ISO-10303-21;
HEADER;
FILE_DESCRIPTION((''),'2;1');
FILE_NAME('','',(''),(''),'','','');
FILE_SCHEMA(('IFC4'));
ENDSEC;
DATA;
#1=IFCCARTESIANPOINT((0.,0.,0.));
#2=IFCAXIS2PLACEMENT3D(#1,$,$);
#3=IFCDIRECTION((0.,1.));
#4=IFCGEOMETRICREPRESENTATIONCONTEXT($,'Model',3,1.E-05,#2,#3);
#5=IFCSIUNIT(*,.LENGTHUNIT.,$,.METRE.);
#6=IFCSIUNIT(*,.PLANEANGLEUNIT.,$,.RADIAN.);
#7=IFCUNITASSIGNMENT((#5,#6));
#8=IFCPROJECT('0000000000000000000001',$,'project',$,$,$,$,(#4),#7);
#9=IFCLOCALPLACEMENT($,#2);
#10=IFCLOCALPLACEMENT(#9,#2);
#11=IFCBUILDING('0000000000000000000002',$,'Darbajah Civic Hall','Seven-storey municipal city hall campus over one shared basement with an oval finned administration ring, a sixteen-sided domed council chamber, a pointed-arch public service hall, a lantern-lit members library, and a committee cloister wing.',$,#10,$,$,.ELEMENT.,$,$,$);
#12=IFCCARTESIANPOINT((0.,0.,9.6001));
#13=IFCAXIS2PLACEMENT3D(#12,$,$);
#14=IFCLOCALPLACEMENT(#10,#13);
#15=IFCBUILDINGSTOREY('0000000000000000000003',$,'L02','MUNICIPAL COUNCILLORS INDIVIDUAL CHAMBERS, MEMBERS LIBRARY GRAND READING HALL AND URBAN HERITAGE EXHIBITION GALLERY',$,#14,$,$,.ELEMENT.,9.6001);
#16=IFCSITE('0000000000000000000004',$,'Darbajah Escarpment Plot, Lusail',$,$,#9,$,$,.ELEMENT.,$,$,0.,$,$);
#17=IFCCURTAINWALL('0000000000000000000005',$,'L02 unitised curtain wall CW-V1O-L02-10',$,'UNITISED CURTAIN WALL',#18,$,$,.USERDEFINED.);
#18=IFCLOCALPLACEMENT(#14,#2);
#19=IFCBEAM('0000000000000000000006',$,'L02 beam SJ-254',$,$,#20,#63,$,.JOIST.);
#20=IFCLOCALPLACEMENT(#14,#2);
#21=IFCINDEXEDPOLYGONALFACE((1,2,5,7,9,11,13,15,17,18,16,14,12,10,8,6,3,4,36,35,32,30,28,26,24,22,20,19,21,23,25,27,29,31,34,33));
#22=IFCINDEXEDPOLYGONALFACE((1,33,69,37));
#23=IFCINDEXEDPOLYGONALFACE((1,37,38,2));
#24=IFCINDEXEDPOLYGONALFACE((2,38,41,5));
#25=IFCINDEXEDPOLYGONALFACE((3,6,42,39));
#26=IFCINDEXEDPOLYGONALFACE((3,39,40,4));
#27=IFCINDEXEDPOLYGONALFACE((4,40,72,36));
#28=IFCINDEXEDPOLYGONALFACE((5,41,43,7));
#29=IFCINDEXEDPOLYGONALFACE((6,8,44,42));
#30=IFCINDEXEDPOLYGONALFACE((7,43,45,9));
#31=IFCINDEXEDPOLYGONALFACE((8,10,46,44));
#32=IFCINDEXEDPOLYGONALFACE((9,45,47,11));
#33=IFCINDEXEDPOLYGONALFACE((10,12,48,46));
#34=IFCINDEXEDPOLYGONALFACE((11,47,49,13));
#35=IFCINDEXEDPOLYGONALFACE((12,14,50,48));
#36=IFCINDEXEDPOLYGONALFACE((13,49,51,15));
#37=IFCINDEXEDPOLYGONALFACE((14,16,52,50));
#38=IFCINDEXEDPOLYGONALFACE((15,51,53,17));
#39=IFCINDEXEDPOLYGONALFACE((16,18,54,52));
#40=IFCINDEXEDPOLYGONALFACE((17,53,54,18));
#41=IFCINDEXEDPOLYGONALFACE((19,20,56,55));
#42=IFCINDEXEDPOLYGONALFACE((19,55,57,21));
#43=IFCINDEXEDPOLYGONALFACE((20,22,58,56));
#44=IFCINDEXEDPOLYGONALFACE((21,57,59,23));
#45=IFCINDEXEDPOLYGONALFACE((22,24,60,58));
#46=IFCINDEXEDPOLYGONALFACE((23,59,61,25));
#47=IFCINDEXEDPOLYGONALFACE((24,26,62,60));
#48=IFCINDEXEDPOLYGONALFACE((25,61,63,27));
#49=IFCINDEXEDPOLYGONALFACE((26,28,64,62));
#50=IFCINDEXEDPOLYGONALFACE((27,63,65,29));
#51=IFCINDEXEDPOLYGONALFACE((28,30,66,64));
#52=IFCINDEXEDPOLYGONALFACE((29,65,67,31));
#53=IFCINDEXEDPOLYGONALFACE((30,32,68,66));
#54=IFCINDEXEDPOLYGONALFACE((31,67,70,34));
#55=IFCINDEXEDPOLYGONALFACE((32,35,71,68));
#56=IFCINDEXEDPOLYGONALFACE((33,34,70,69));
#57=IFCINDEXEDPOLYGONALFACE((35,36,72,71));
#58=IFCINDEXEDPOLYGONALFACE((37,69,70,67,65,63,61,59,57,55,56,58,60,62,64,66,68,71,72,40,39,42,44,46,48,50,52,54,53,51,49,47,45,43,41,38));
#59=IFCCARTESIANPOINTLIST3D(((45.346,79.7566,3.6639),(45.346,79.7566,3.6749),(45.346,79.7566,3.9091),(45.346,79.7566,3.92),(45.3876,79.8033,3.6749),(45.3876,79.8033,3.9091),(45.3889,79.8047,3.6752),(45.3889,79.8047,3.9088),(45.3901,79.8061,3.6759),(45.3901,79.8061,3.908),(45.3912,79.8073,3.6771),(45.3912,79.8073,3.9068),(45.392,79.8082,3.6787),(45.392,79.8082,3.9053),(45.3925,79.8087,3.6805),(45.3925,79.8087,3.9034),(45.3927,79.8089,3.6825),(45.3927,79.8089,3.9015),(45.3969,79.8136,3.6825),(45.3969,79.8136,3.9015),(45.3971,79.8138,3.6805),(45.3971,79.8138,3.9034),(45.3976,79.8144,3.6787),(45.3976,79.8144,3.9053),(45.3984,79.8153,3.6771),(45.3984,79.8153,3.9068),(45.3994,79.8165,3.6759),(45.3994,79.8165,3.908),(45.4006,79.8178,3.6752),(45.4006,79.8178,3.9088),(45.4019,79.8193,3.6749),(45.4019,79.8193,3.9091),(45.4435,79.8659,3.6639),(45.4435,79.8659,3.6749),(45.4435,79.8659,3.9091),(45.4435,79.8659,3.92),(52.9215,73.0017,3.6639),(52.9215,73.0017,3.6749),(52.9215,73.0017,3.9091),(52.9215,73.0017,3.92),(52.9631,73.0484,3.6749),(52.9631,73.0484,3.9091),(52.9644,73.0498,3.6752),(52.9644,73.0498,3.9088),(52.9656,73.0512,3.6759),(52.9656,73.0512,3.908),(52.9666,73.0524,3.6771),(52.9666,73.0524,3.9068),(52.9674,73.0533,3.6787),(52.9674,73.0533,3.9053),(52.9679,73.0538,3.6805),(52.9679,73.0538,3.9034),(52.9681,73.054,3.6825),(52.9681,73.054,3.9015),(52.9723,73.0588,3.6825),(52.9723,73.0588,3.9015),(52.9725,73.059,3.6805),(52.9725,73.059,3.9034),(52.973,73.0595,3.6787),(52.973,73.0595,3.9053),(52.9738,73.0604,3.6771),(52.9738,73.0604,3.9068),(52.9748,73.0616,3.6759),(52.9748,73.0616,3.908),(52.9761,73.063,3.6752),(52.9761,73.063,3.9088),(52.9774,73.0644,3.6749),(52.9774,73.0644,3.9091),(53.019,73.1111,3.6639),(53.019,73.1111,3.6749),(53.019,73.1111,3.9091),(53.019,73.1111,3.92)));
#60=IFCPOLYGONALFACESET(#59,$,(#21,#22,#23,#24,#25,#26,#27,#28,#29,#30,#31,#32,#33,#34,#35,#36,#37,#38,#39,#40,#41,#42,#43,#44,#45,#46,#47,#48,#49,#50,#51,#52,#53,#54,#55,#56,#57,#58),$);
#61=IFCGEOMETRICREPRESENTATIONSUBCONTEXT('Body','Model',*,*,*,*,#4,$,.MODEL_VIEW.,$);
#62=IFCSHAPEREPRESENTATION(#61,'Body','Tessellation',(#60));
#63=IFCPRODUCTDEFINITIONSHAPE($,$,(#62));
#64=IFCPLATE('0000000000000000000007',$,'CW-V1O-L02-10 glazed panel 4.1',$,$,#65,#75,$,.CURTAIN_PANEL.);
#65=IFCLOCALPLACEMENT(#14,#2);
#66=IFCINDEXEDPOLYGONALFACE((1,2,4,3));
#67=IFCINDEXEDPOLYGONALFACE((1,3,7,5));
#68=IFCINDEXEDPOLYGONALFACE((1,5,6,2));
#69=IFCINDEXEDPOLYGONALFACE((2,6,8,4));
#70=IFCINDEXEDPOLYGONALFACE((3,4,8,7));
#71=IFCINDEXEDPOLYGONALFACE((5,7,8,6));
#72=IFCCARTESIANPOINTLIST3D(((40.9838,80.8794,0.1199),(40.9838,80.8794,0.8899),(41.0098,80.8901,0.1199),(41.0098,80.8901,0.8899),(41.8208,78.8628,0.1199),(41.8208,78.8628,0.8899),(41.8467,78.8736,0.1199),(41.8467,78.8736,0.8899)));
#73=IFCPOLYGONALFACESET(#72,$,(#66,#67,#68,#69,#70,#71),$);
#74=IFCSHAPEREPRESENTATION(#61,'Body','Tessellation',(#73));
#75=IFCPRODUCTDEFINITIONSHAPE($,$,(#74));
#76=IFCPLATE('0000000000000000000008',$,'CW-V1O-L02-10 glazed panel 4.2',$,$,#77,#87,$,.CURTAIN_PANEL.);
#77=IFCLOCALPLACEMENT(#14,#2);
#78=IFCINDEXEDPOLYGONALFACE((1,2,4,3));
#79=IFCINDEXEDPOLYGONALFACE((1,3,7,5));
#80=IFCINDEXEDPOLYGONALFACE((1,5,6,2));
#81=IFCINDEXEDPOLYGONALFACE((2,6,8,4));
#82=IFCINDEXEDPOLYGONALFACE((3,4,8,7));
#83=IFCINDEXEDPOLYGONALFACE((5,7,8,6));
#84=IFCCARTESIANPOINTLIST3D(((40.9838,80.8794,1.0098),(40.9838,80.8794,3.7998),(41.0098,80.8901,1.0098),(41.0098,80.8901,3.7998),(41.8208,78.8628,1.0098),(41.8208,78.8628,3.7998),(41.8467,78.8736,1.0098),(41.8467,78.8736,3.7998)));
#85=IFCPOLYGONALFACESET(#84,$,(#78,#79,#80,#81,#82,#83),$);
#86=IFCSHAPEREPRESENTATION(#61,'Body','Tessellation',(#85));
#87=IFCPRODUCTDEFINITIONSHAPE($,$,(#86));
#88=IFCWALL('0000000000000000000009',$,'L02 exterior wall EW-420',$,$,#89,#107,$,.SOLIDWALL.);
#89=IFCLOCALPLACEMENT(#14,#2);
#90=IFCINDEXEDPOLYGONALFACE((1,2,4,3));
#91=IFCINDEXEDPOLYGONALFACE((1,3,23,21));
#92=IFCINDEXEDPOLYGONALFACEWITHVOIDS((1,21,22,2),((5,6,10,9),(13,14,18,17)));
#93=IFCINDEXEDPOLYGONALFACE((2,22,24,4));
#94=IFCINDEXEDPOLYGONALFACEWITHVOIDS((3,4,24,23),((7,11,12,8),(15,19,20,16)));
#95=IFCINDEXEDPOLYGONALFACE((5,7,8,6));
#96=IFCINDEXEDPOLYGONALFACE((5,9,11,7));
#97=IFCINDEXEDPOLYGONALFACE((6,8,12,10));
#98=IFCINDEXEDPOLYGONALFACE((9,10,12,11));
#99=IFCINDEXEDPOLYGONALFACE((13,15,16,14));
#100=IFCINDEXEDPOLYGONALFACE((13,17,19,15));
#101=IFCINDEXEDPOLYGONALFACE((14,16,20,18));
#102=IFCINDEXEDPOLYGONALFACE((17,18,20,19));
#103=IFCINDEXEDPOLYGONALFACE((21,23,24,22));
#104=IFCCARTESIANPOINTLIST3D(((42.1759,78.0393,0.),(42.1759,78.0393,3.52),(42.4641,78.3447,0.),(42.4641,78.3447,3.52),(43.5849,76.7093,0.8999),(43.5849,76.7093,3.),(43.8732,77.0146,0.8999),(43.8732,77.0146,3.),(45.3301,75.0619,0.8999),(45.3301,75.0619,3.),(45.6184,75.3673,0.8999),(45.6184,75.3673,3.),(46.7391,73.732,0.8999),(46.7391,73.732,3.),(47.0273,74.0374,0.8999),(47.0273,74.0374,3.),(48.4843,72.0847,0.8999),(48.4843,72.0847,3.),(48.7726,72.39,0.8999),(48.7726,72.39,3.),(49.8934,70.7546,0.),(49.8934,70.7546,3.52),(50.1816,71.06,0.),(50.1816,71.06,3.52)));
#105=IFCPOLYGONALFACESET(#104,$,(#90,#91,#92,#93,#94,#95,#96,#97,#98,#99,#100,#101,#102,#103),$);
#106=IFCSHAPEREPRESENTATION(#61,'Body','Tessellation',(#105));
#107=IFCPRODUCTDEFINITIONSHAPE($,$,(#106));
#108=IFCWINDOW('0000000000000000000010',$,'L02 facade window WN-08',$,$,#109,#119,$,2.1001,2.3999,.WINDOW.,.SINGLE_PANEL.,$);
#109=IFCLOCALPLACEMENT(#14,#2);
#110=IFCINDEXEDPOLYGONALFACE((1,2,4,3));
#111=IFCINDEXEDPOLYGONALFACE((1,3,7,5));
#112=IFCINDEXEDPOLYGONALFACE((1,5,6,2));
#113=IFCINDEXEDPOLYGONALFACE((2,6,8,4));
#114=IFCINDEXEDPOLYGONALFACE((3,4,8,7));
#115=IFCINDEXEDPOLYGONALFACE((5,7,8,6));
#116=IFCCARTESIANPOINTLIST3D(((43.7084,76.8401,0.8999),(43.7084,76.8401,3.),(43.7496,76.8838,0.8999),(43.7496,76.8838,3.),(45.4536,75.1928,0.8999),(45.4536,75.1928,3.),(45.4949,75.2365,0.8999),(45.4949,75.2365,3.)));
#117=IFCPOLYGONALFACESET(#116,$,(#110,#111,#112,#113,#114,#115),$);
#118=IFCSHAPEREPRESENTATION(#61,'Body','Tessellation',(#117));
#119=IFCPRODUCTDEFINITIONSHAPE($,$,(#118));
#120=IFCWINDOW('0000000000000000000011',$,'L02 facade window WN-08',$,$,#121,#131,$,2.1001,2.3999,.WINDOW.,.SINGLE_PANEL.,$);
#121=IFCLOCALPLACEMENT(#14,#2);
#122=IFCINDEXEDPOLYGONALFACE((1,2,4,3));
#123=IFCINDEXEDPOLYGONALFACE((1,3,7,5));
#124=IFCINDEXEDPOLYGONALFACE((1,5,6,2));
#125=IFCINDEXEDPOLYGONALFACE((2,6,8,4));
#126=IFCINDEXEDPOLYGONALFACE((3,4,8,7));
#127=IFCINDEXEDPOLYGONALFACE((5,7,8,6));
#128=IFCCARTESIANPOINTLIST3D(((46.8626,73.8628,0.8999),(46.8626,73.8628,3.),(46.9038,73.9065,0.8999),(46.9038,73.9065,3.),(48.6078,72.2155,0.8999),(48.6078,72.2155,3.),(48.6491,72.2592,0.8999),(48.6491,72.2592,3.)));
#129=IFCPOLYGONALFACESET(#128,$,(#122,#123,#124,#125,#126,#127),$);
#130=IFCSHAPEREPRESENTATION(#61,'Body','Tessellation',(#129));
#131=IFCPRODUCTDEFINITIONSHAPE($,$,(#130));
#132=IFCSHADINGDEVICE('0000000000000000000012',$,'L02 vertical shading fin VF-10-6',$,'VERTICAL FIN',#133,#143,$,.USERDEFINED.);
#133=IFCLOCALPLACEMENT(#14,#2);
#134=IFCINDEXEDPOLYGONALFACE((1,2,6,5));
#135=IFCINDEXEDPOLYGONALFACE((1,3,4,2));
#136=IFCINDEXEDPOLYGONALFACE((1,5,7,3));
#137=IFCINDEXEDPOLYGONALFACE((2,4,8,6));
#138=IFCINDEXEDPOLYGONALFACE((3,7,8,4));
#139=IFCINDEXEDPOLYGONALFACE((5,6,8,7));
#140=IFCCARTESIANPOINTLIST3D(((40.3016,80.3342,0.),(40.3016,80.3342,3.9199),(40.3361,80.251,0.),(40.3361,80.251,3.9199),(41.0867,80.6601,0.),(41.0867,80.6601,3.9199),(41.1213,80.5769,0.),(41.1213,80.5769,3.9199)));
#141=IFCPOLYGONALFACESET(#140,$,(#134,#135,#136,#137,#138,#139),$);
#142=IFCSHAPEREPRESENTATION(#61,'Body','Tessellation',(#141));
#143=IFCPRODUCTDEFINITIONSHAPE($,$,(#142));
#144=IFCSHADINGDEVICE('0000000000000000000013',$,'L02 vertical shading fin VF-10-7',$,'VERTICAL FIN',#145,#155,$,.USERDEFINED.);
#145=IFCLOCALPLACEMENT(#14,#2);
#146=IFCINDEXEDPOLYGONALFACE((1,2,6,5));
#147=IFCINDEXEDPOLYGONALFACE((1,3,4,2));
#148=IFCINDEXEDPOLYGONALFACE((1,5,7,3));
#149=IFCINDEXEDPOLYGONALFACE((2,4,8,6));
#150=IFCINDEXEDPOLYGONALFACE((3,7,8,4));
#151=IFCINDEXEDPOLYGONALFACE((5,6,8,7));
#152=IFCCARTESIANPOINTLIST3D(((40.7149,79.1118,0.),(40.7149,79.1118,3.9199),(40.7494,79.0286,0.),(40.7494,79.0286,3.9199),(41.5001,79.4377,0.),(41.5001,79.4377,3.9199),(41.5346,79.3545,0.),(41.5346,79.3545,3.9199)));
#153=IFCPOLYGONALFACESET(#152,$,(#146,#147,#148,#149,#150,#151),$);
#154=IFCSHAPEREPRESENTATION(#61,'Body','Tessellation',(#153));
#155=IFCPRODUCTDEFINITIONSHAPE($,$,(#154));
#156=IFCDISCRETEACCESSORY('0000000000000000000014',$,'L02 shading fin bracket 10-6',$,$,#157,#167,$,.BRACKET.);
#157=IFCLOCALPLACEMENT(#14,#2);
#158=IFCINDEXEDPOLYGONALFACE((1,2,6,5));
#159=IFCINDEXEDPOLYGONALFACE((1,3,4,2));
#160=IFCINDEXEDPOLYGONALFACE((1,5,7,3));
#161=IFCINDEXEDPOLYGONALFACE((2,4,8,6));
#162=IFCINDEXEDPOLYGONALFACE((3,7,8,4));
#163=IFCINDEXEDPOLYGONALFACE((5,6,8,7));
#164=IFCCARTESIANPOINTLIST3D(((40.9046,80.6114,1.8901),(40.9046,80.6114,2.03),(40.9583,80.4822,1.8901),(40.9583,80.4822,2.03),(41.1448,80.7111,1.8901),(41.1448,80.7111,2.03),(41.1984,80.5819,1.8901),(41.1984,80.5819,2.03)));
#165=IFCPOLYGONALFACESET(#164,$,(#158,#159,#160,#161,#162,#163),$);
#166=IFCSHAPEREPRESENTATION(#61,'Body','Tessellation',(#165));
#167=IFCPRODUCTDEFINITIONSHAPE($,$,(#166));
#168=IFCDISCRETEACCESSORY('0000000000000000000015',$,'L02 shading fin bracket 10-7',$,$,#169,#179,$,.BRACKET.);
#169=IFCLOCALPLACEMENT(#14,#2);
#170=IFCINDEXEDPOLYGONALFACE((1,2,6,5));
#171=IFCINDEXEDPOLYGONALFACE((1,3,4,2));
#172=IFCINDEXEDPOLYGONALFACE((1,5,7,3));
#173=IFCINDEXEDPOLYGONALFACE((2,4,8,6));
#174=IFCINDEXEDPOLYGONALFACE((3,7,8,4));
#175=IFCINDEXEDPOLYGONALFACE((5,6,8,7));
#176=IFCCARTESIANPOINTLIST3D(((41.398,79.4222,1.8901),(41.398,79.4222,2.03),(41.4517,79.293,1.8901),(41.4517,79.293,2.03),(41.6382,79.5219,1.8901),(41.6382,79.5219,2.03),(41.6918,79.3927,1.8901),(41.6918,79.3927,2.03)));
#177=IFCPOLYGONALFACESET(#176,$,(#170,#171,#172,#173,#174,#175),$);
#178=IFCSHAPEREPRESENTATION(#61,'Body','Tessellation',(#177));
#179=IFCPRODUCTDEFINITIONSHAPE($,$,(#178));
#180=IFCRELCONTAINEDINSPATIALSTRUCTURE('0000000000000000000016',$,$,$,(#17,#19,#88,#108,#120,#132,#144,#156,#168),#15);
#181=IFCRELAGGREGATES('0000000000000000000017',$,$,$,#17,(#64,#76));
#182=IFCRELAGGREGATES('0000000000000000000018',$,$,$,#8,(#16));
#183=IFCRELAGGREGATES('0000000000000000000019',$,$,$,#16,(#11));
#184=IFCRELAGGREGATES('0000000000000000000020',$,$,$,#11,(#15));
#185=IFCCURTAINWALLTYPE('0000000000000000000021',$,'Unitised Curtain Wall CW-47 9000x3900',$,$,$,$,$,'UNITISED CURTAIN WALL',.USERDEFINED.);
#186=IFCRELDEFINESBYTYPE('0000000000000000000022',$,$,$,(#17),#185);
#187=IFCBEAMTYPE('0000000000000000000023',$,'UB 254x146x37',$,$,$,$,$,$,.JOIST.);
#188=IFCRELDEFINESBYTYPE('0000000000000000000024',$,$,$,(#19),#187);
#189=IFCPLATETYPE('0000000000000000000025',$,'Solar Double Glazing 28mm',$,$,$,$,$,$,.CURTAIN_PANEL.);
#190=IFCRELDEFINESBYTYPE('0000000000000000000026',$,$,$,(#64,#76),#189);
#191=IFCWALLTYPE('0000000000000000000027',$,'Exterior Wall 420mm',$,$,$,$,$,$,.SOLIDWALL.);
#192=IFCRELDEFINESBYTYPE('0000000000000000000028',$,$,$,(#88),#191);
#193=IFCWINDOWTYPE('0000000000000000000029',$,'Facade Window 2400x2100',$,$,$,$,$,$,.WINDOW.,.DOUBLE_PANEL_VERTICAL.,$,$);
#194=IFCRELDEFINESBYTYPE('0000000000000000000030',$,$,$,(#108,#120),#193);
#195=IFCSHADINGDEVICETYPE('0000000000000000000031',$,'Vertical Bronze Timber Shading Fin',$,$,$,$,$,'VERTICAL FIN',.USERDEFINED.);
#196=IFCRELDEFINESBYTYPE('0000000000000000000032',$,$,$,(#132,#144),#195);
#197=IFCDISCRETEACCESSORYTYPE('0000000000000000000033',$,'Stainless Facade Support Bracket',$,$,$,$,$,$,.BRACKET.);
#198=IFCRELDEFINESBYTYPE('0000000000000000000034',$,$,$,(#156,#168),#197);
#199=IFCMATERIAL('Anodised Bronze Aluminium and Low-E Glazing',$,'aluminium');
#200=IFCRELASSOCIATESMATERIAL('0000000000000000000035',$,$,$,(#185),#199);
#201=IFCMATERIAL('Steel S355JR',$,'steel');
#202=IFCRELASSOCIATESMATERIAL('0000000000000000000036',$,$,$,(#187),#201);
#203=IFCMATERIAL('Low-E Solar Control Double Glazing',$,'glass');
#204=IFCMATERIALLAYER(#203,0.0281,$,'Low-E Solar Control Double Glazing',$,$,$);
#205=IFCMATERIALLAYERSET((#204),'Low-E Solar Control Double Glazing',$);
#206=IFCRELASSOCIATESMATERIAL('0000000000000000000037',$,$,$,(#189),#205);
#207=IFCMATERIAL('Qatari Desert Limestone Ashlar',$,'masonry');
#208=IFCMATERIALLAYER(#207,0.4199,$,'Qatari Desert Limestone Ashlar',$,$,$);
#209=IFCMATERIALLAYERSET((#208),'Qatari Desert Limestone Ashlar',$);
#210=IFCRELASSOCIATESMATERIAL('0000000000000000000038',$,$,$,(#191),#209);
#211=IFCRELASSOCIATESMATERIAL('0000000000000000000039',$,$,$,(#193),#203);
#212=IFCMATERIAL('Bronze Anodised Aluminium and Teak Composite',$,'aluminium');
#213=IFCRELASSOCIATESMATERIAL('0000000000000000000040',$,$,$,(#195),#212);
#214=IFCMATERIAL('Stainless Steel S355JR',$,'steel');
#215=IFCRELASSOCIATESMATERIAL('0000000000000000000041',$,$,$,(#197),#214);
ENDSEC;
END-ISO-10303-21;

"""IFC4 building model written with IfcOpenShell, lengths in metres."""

from ifc_helpers import new_model, si_unit, direction, frame, frame_2d, origin, origin_2d, place, context, subcontext, project, spatial, rectangle, i_section, extrude, material, layer, layer_set, material_profile, profile_set, type_object, element, fill, aggregate, save


model = new_model("IFC4")

# Units and contexts
model_context = context("Model", 3, precision=1e-05, world=origin(), true_north=direction((0.0, 1.0)))
body_context = subcontext(model_context, "Body", "Model", "MODEL_VIEW")
ifc_project = project(units=[si_unit("LENGTHUNIT", "METRE"), si_unit("PLANEANGLEUNIT", "RADIAN")], contexts=[model_context])

# Site, building, storey
site_placement = place(None, origin())
site = spatial("IfcSite", under=ifc_project, at=site_placement, Name="Darbajah Escarpment Plot, Lusail", CompositionType="ELEMENT", RefElevation=0.0)
building_placement = place(site_placement, origin())
building = spatial("IfcBuilding", under=site, at=building_placement, Name="Darbajah Civic Hall", Description="Seven-storey municipal city hall campus over one shared basement with an oval finned administration ring, a sixteen-sided domed council chamber, a pointed-arch public service hall, a lantern-lit members library, and a committee cloister wing.", CompositionType="ELEMENT")
storey_placement = place(building_placement, frame((0.0, 0.0, 9.6001)))
storey = spatial("IfcBuildingStorey", under=building, at=storey_placement, Name="L02", Description="MUNICIPAL COUNCILLORS INDIVIDUAL CHAMBERS, MEMBERS LIBRARY GRAND READING HALL AND URBAN HERITAGE EXHIBITION GALLERY", CompositionType="ELEMENT", Elevation=9.6001)

# Curtain wall
ifc_material_1 = material(Name="Anodised Bronze Aluminium and Low-E Glazing", Category="aluminium")
curtain_wall_type_1 = type_object("IfcCurtainWallType", Name="Unitised Curtain Wall CW-47 9000x3900", ElementType="UNITISED CURTAIN WALL", PredefinedType="USERDEFINED", material=ifc_material_1)
curtain_wall_1_placement = place(storey_placement, origin())
curtain_wall_1 = element("IfcCurtainWall", 1, at=curtain_wall_1_placement, inside=storey, type_object=curtain_wall_type_1, Name="L02 unitised curtain wall CW-V1O-L02-10", ObjectType="UNITISED CURTAIN WALL", PredefinedType="USERDEFINED")

# Beam
ifc_material_2 = material(Name="Steel S355JR", Category="steel")
ifc_material_profile_1 = material_profile(ifc_material_2, i_section(OverallWidth=0.1465, OverallDepth=0.2561, WebThickness=0.0063, FlangeThickness=0.011, FilletRadius=0.0076, at=origin_2d()), Name="UB 254x146x37")
ifc_profile_set_1 = profile_set([ifc_material_profile_1], Name="Steel S355JR")
beam_type_1 = type_object("IfcBeamType", Name="UB 254x146x37", PredefinedType="JOIST", material=ifc_profile_set_1)
beam_1_placement = place(storey_placement, frame((45.3948, 79.8113, 3.792), z_axis=(0.746373, -0.665528, 0.0), x_axis=(0.665528, 0.746373, 0.0)))
element("IfcBeam", 2, at=beam_1_placement, inside=storey, type_object=beam_type_1, Name="L02 beam SJ-254", PredefinedType="JOIST", context=body_context, shape_type="SweptSolid", body=[
    extrude(i_section(OverallWidth=0.1465, OverallDepth=0.2561, WebThickness=0.0063, FlangeThickness=0.011, FilletRadius=0.0076, at=origin_2d()), origin(), (0.0, 0.0, 1.0), 10.1497),
])

# Plates
ifc_material_3 = material(Name="Low-E Solar Control Double Glazing", Category="glass")
ifc_layer_1 = layer(ifc_material_3, 0.0281, Name="Low-E Solar Control Double Glazing")
ifc_layer_set_1 = layer_set([ifc_layer_1], Name="Low-E Solar Control Double Glazing")
plate_type = type_object("IfcPlateType", Name="Solar Double Glazing 28mm", PredefinedType="CURTAIN_PANEL", material=ifc_layer_set_1)
plate_1_placement = place(storey_placement, frame((41.4153, 79.8765, 0.1199), z_axis=(0.0, 0.0, 1.0), x_axis=(0.383328, -0.923612, 0.0)))
plate_1 = element("IfcPlate", 3, at=plate_1_placement, type_object=plate_type, Name="CW-V1O-L02-10 glazed panel 4.1", PredefinedType="CURTAIN_PANEL", context=body_context, shape_type="SweptSolid", body=[
    extrude(rectangle(XDim=2.1833, YDim=0.0281, at=origin_2d()), origin(), (0.0, 0.0, 1.0), 0.77),
])
plate_2_placement = place(storey_placement, frame((41.4153, 79.8765, 1.0098), z_axis=(0.0, 0.0, 1.0), x_axis=(0.383328, -0.923612, 0.0)))
plate_2 = element("IfcPlate", 4, at=plate_2_placement, type_object=plate_type, Name="CW-V1O-L02-10 glazed panel 4.2", PredefinedType="CURTAIN_PANEL", context=body_context, shape_type="SweptSolid", body=[
    extrude(rectangle(XDim=2.1833, YDim=0.0281, at=origin_2d()), origin(), (0.0, 0.0, 1.0), 2.79),
])
aggregate(curtain_wall_1, [plate_1, plate_2])

# Wall, openings, windows
ifc_material_4 = material(Name="Qatari Desert Limestone Ashlar", Category="masonry")
ifc_layer_2 = layer(ifc_material_4, 0.4199, Name="Qatari Desert Limestone Ashlar")
ifc_layer_set_2 = layer_set([ifc_layer_2], Name="Qatari Desert Limestone Ashlar")
wall_type = type_object("IfcWallType", Name="Exterior Wall 420mm", PredefinedType="SOLIDWALL", material=ifc_layer_set_2)
wall_placement = place(storey_placement, frame((42.3201, 78.1919, 0.0), z_axis=(0.0, 0.0, 1.0), x_axis=(0.727206, -0.686419, 0.0)))
wall = element("IfcWall", 5, at=wall_placement, inside=storey, type_object=wall_type, Name="L02 exterior wall EW-420", PredefinedType="SOLIDWALL", context=body_context, shape_type="SweptSolid", body=[
    extrude(rectangle(XDim=10.6125, YDim=0.4199, at=frame_2d((5.3062, 0.0))), origin(), (0.0, 0.0, 1.0), 3.52),
])
opening_1_placement = place(wall_placement, frame((1.9375, 0.0, 0.8999)))
opening_1 = element("IfcOpeningElement", 6, at=opening_1_placement, cuts=wall, PredefinedType="OPENING", context=body_context, shape_type="SweptSolid", body=[
    extrude(rectangle(XDim=2.3999, YDim=2.1001, at=frame_2d((1.2, 1.05))), frame((0.0, 0.22, 0.0), z_axis=(0.0, -1.0, 0.0), x_axis=(1.0, 0.0, 0.0)), (0.0, 0.0, 1.0), 0.4399),
])
opening_2_placement = place(wall_placement, frame((6.2749, 0.0, 0.8999)))
opening_2 = element("IfcOpeningElement", 7, at=opening_2_placement, cuts=wall, PredefinedType="OPENING", context=body_context, shape_type="SweptSolid", body=[
    extrude(rectangle(XDim=2.3999, YDim=2.1001, at=frame_2d((1.2, 1.05))), frame((0.0, 0.22, 0.0), z_axis=(0.0, -1.0, 0.0), x_axis=(1.0, 0.0, 0.0)), (0.0, 0.0, 1.0), 0.4399),
])
window_type = type_object("IfcWindowType", Name="Facade Window 2400x2100", PartitioningType="DOUBLE_PANEL_VERTICAL", PredefinedType="WINDOW", material=ifc_material_3)
window_1_placement = place(opening_1_placement, origin())
window_1 = element("IfcWindow", 8, at=window_1_placement, inside=storey, type_object=window_type, Name="L02 facade window WN-08", OverallHeight=2.1001, OverallWidth=2.3999, PartitioningType="SINGLE_PANEL", PredefinedType="WINDOW", context=body_context, shape_type="SweptSolid", body=[
    extrude(rectangle(XDim=2.3999, YDim=2.1001, at=frame_2d((1.2, 1.05))), frame((0.0, 0.03, 0.0), z_axis=(0.0, -1.0, 0.0), x_axis=(1.0, 0.0, 0.0)), (0.0, 0.0, 1.0), 0.0601),
])
fill(opening_1, window_1)
window_2_placement = place(opening_2_placement, origin())
window_2 = element("IfcWindow", 9, at=window_2_placement, inside=storey, type_object=window_type, Name="L02 facade window WN-08", OverallHeight=2.1001, OverallWidth=2.3999, PartitioningType="SINGLE_PANEL", PredefinedType="WINDOW", context=body_context, shape_type="SweptSolid", body=[
    extrude(rectangle(XDim=2.3999, YDim=2.1001, at=frame_2d((1.2, 1.05))), frame((0.0, 0.03, 0.0), z_axis=(0.0, -1.0, 0.0), x_axis=(1.0, 0.0, 0.0)), (0.0, 0.0, 1.0), 0.0601),
])
fill(opening_2, window_2)

# Shading devices
ifc_material_5 = material(Name="Bronze Anodised Aluminium and Teak Composite", Category="aluminium")
shading_device_type = type_object("IfcShadingDeviceType", Name="Vertical Bronze Timber Shading Fin", ElementType="VERTICAL FIN", PredefinedType="USERDEFINED", material=ifc_material_5)
for number, where, z_axis, x_axis, name in (
    (10, (40.7114, 80.4556, 0.0), (0.0, 0.0, 1.0), (-0.923612, -0.383328, 0.0), "L02 vertical shading fin VF-10-6"),
    (11, (41.1248, 79.2332, 0.0), (0.0, 0.0, 1.0), (-0.923612, -0.383328, 0.0), "L02 vertical shading fin VF-10-7"),
):
    element("IfcShadingDevice", number, at=place(storey_placement, frame(where, z_axis=z_axis, x_axis=x_axis)), inside=storey, type_object=shading_device_type, Name=name, ObjectType="VERTICAL FIN", PredefinedType="USERDEFINED", context=body_context, shape_type="SweptSolid", body=[
        extrude(rectangle(XDim=0.8501, YDim=0.0901, at=origin_2d()), origin(), (0.0, 0.0, 1.0), 3.9199),
    ])

# Discrete accessories
ifc_material_6 = material(Name="Stainless Steel S355JR", Category="steel")
discrete_accessory_type = type_object("IfcDiscreteAccessoryType", Name="Stainless Facade Support Bracket", PredefinedType="BRACKET", material=ifc_material_6)
for number, where, z_axis, x_axis, name in (
    (12, (41.0515, 80.5967, 1.8901), (0.0, 0.0, 1.0), (-0.923612, -0.383328, 0.0), "L02 shading fin bracket 10-6"),
    (13, (41.5449, 79.4075, 1.8901), (0.0, 0.0, 1.0), (-0.923612, -0.383328, 0.0), "L02 shading fin bracket 10-7"),
):
    element("IfcDiscreteAccessory", number, at=place(storey_placement, frame(where, z_axis=z_axis, x_axis=x_axis)), inside=storey, type_object=discrete_accessory_type, Name=name, PredefinedType="BRACKET", context=body_context, shape_type="SweptSolid", body=[
        extrude(rectangle(XDim=0.26, YDim=0.1399, at=origin_2d()), origin(), (0.0, 0.0, 1.0), 0.1399),
    ])

save(model, "model.ifc")
